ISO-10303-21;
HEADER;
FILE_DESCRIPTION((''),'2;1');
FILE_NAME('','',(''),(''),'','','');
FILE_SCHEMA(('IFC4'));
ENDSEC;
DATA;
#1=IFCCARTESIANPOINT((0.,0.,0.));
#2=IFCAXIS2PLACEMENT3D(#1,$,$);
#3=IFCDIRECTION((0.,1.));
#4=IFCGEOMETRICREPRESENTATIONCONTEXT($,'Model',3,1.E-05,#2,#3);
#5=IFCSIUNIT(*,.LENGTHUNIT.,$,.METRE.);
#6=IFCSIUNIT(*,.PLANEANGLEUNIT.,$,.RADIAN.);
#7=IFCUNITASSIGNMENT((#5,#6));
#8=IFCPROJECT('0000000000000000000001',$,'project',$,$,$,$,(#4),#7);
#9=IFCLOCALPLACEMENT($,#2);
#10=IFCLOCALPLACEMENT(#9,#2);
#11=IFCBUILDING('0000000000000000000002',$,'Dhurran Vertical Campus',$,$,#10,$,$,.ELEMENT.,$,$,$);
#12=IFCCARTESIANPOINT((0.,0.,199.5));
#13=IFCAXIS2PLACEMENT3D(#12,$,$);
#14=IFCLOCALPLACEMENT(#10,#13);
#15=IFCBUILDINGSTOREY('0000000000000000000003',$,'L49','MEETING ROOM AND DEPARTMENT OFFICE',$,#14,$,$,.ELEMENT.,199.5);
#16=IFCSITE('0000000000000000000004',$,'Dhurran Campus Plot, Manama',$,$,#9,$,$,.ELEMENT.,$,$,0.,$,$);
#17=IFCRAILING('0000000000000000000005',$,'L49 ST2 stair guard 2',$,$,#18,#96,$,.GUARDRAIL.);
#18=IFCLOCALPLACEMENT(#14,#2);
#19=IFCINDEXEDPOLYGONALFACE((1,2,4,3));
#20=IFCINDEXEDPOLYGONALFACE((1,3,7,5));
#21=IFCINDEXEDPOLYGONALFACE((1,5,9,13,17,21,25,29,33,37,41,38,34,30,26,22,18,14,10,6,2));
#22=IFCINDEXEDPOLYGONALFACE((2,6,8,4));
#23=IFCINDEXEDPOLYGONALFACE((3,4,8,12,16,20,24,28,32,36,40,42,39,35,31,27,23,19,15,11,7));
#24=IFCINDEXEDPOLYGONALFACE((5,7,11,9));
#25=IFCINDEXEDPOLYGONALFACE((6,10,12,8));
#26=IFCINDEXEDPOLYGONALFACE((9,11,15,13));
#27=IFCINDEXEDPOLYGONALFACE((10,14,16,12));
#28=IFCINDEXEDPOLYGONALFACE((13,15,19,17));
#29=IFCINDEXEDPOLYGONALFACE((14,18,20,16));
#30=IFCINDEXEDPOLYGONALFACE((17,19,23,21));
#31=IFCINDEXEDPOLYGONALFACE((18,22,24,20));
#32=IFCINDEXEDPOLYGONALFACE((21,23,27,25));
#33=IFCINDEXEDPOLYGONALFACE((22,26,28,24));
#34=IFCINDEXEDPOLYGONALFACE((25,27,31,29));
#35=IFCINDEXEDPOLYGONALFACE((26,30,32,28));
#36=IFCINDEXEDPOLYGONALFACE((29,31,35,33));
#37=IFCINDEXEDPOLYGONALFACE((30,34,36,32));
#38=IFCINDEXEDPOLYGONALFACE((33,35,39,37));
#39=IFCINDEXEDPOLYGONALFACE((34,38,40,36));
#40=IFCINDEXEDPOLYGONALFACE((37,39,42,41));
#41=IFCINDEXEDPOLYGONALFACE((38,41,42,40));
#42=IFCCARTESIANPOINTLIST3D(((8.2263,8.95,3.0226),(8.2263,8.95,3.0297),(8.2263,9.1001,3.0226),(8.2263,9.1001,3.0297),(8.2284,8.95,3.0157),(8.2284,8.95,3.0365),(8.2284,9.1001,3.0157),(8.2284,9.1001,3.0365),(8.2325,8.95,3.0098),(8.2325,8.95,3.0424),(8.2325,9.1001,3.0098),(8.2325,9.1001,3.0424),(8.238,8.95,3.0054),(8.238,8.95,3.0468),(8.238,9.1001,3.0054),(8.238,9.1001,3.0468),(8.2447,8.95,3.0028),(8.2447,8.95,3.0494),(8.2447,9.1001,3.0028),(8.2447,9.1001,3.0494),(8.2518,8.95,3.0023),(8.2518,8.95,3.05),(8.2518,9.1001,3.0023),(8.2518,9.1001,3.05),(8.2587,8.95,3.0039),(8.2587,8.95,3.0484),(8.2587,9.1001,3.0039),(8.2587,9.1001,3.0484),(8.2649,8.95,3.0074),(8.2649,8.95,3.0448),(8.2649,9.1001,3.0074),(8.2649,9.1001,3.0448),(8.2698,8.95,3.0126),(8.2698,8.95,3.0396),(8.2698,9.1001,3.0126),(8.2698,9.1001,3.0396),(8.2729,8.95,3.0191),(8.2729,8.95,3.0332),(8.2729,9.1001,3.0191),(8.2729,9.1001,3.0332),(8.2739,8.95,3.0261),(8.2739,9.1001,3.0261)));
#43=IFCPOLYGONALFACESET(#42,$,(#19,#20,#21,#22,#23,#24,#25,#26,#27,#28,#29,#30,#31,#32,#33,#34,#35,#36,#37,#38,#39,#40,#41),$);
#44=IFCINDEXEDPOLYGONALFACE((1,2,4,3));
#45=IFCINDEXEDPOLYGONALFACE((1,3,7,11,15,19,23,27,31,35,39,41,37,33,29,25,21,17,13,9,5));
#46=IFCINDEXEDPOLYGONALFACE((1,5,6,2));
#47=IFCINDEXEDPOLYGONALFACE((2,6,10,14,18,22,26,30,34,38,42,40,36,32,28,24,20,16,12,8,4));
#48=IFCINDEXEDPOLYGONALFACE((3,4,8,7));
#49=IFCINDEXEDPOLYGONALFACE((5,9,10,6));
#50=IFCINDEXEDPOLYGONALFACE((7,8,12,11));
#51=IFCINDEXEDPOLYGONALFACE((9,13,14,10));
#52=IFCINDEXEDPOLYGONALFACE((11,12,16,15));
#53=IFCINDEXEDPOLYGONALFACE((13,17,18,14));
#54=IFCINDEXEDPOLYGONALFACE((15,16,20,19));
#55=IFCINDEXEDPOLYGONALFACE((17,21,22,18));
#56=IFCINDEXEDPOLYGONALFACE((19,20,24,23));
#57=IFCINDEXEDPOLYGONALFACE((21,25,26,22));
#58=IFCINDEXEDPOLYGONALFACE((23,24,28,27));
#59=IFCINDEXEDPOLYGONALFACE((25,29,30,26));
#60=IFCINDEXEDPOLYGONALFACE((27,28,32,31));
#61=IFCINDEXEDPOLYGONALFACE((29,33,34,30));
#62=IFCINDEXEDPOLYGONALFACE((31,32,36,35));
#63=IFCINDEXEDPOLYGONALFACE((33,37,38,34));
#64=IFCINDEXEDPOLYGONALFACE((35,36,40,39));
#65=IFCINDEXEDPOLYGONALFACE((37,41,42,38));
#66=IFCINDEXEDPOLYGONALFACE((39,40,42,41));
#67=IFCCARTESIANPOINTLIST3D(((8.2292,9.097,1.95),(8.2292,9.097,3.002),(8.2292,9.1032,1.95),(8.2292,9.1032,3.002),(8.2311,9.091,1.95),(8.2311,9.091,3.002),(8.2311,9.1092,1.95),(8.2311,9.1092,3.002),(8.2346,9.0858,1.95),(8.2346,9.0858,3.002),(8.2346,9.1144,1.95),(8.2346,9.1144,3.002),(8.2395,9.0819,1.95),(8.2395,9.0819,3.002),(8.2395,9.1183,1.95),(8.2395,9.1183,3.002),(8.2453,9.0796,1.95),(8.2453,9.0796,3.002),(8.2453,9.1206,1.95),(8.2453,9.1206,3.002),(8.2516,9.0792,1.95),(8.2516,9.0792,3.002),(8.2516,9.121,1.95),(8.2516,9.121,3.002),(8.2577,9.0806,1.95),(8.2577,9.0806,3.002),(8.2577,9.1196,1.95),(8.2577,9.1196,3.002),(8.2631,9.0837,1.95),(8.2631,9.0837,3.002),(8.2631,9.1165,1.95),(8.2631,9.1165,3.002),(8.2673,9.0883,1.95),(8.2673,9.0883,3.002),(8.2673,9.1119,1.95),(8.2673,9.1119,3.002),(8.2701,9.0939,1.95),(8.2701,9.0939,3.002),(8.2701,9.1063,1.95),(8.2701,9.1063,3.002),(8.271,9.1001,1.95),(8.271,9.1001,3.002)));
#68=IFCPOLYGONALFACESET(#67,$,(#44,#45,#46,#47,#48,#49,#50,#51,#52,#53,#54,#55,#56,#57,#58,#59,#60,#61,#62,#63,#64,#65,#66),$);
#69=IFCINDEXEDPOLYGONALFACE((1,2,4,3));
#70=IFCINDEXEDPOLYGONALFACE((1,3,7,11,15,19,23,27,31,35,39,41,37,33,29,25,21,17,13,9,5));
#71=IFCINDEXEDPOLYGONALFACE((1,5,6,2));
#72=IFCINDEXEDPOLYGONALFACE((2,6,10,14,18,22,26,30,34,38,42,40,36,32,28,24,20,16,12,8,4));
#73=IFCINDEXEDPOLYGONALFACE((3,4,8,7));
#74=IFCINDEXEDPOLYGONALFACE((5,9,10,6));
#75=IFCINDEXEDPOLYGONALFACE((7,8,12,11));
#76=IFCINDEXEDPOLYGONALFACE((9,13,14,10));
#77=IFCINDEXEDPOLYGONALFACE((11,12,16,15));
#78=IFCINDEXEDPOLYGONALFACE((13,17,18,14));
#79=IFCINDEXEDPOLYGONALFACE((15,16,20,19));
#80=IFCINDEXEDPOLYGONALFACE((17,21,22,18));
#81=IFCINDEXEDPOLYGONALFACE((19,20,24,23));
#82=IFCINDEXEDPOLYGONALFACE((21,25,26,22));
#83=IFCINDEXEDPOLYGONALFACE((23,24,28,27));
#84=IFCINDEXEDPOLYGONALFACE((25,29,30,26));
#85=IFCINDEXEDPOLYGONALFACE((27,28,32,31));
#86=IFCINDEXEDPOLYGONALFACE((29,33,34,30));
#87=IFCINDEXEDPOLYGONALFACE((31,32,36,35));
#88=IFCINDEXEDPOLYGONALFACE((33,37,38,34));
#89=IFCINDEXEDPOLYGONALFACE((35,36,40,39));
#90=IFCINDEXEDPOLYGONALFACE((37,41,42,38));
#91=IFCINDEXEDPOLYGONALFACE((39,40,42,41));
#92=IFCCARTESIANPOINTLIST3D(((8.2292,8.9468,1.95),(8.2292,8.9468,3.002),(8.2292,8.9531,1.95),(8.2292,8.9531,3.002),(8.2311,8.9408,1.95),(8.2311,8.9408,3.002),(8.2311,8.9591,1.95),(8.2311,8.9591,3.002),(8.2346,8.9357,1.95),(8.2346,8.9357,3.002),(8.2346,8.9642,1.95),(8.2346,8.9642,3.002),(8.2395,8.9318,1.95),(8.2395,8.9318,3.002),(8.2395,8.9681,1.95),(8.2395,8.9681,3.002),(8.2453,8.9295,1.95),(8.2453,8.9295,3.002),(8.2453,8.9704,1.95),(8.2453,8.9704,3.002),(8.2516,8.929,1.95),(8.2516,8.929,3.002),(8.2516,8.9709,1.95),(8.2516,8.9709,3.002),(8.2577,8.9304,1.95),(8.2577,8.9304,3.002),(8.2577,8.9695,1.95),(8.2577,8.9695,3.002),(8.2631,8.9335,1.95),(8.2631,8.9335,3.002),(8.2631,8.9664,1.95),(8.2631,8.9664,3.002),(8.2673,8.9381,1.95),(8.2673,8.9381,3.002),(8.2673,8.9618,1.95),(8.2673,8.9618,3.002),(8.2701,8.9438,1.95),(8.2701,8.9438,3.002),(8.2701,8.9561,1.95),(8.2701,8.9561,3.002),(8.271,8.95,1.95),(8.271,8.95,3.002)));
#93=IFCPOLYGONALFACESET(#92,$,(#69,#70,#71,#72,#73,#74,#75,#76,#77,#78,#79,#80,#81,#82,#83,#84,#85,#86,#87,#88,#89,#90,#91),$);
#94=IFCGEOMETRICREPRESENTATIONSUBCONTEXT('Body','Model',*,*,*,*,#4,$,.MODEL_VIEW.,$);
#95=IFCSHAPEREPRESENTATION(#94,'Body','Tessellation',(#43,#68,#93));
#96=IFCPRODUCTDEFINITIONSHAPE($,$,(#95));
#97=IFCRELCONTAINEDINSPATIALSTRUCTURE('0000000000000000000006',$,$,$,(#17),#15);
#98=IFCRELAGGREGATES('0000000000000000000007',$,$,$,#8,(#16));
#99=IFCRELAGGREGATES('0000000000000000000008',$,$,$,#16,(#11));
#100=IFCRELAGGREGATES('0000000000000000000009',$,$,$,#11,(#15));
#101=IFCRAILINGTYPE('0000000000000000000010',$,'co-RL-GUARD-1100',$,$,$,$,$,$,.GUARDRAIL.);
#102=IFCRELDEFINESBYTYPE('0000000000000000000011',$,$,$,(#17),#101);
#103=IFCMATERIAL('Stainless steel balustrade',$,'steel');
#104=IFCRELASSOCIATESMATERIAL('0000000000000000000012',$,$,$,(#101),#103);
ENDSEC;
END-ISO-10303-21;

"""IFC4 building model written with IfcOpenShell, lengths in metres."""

from ifc_helpers import new_model, si_unit, direction, frame, origin, origin_2d, place, context, subcontext, project, spatial, circle, extrude, material, type_object, element, save


model = new_model("IFC4")

# Units and contexts
model_context = context("Model", 3, precision=1e-05, world=origin(), true_north=direction((0.0, 1.0)))
body_context = subcontext(model_context, "Body", "Model", "MODEL_VIEW")
ifc_project = project(units=[si_unit("LENGTHUNIT", "METRE"), si_unit("PLANEANGLEUNIT", "RADIAN")], contexts=[model_context])

# Site, building, storey
site_placement = place(None, origin())
site = spatial("IfcSite", under=ifc_project, at=site_placement, Name="Dhurran Campus Plot, Manama", CompositionType="ELEMENT", RefElevation=0.0)
building_placement = place(site_placement, origin())
building = spatial("IfcBuilding", under=site, at=building_placement, Name="Dhurran Vertical Campus", CompositionType="ELEMENT")
storey_placement = place(building_placement, frame((0.0, 0.0, 199.5)))
storey = spatial("IfcBuildingStorey", under=building, at=storey_placement, Name="L49", Description="MEETING ROOM AND DEPARTMENT OFFICE", CompositionType="ELEMENT", Elevation=199.5)

# Railing
ifc_material_1 = material(Name="Stainless steel balustrade", Category="steel")
railing_type_1 = type_object("IfcRailingType", Name="co-RL-GUARD-1100", PredefinedType="GUARDRAIL", material=ifc_material_1)
railing_1_placement = place(storey_placement, frame((8.25, 9.1001, 1.95)))
element("IfcRailing", 1, at=railing_1_placement, inside=storey, type_object=railing_type_1, Name="L49 ST2 stair guard 2", PredefinedType="GUARDRAIL", context=body_context, shape_type="SweptSolid", body=[
    extrude(circle(Radius=0.0239, at=origin_2d()), frame((0.0, 0.0, 1.0762), z_axis=(0.0, -1.0, 0.0), x_axis=(1.0, 0.0, 0.0)), (0.0, 0.0, 1.0), 0.1501),
    extrude(circle(Radius=0.021, at=origin_2d()), origin(), (0.0, 0.0, 1.0), 1.052),
    extrude(circle(Radius=0.021, at=origin_2d()), frame((0.0, -0.1501, 0.0)), (0.0, 0.0, 1.0), 1.052),
])

save(model, "model.ifc")
